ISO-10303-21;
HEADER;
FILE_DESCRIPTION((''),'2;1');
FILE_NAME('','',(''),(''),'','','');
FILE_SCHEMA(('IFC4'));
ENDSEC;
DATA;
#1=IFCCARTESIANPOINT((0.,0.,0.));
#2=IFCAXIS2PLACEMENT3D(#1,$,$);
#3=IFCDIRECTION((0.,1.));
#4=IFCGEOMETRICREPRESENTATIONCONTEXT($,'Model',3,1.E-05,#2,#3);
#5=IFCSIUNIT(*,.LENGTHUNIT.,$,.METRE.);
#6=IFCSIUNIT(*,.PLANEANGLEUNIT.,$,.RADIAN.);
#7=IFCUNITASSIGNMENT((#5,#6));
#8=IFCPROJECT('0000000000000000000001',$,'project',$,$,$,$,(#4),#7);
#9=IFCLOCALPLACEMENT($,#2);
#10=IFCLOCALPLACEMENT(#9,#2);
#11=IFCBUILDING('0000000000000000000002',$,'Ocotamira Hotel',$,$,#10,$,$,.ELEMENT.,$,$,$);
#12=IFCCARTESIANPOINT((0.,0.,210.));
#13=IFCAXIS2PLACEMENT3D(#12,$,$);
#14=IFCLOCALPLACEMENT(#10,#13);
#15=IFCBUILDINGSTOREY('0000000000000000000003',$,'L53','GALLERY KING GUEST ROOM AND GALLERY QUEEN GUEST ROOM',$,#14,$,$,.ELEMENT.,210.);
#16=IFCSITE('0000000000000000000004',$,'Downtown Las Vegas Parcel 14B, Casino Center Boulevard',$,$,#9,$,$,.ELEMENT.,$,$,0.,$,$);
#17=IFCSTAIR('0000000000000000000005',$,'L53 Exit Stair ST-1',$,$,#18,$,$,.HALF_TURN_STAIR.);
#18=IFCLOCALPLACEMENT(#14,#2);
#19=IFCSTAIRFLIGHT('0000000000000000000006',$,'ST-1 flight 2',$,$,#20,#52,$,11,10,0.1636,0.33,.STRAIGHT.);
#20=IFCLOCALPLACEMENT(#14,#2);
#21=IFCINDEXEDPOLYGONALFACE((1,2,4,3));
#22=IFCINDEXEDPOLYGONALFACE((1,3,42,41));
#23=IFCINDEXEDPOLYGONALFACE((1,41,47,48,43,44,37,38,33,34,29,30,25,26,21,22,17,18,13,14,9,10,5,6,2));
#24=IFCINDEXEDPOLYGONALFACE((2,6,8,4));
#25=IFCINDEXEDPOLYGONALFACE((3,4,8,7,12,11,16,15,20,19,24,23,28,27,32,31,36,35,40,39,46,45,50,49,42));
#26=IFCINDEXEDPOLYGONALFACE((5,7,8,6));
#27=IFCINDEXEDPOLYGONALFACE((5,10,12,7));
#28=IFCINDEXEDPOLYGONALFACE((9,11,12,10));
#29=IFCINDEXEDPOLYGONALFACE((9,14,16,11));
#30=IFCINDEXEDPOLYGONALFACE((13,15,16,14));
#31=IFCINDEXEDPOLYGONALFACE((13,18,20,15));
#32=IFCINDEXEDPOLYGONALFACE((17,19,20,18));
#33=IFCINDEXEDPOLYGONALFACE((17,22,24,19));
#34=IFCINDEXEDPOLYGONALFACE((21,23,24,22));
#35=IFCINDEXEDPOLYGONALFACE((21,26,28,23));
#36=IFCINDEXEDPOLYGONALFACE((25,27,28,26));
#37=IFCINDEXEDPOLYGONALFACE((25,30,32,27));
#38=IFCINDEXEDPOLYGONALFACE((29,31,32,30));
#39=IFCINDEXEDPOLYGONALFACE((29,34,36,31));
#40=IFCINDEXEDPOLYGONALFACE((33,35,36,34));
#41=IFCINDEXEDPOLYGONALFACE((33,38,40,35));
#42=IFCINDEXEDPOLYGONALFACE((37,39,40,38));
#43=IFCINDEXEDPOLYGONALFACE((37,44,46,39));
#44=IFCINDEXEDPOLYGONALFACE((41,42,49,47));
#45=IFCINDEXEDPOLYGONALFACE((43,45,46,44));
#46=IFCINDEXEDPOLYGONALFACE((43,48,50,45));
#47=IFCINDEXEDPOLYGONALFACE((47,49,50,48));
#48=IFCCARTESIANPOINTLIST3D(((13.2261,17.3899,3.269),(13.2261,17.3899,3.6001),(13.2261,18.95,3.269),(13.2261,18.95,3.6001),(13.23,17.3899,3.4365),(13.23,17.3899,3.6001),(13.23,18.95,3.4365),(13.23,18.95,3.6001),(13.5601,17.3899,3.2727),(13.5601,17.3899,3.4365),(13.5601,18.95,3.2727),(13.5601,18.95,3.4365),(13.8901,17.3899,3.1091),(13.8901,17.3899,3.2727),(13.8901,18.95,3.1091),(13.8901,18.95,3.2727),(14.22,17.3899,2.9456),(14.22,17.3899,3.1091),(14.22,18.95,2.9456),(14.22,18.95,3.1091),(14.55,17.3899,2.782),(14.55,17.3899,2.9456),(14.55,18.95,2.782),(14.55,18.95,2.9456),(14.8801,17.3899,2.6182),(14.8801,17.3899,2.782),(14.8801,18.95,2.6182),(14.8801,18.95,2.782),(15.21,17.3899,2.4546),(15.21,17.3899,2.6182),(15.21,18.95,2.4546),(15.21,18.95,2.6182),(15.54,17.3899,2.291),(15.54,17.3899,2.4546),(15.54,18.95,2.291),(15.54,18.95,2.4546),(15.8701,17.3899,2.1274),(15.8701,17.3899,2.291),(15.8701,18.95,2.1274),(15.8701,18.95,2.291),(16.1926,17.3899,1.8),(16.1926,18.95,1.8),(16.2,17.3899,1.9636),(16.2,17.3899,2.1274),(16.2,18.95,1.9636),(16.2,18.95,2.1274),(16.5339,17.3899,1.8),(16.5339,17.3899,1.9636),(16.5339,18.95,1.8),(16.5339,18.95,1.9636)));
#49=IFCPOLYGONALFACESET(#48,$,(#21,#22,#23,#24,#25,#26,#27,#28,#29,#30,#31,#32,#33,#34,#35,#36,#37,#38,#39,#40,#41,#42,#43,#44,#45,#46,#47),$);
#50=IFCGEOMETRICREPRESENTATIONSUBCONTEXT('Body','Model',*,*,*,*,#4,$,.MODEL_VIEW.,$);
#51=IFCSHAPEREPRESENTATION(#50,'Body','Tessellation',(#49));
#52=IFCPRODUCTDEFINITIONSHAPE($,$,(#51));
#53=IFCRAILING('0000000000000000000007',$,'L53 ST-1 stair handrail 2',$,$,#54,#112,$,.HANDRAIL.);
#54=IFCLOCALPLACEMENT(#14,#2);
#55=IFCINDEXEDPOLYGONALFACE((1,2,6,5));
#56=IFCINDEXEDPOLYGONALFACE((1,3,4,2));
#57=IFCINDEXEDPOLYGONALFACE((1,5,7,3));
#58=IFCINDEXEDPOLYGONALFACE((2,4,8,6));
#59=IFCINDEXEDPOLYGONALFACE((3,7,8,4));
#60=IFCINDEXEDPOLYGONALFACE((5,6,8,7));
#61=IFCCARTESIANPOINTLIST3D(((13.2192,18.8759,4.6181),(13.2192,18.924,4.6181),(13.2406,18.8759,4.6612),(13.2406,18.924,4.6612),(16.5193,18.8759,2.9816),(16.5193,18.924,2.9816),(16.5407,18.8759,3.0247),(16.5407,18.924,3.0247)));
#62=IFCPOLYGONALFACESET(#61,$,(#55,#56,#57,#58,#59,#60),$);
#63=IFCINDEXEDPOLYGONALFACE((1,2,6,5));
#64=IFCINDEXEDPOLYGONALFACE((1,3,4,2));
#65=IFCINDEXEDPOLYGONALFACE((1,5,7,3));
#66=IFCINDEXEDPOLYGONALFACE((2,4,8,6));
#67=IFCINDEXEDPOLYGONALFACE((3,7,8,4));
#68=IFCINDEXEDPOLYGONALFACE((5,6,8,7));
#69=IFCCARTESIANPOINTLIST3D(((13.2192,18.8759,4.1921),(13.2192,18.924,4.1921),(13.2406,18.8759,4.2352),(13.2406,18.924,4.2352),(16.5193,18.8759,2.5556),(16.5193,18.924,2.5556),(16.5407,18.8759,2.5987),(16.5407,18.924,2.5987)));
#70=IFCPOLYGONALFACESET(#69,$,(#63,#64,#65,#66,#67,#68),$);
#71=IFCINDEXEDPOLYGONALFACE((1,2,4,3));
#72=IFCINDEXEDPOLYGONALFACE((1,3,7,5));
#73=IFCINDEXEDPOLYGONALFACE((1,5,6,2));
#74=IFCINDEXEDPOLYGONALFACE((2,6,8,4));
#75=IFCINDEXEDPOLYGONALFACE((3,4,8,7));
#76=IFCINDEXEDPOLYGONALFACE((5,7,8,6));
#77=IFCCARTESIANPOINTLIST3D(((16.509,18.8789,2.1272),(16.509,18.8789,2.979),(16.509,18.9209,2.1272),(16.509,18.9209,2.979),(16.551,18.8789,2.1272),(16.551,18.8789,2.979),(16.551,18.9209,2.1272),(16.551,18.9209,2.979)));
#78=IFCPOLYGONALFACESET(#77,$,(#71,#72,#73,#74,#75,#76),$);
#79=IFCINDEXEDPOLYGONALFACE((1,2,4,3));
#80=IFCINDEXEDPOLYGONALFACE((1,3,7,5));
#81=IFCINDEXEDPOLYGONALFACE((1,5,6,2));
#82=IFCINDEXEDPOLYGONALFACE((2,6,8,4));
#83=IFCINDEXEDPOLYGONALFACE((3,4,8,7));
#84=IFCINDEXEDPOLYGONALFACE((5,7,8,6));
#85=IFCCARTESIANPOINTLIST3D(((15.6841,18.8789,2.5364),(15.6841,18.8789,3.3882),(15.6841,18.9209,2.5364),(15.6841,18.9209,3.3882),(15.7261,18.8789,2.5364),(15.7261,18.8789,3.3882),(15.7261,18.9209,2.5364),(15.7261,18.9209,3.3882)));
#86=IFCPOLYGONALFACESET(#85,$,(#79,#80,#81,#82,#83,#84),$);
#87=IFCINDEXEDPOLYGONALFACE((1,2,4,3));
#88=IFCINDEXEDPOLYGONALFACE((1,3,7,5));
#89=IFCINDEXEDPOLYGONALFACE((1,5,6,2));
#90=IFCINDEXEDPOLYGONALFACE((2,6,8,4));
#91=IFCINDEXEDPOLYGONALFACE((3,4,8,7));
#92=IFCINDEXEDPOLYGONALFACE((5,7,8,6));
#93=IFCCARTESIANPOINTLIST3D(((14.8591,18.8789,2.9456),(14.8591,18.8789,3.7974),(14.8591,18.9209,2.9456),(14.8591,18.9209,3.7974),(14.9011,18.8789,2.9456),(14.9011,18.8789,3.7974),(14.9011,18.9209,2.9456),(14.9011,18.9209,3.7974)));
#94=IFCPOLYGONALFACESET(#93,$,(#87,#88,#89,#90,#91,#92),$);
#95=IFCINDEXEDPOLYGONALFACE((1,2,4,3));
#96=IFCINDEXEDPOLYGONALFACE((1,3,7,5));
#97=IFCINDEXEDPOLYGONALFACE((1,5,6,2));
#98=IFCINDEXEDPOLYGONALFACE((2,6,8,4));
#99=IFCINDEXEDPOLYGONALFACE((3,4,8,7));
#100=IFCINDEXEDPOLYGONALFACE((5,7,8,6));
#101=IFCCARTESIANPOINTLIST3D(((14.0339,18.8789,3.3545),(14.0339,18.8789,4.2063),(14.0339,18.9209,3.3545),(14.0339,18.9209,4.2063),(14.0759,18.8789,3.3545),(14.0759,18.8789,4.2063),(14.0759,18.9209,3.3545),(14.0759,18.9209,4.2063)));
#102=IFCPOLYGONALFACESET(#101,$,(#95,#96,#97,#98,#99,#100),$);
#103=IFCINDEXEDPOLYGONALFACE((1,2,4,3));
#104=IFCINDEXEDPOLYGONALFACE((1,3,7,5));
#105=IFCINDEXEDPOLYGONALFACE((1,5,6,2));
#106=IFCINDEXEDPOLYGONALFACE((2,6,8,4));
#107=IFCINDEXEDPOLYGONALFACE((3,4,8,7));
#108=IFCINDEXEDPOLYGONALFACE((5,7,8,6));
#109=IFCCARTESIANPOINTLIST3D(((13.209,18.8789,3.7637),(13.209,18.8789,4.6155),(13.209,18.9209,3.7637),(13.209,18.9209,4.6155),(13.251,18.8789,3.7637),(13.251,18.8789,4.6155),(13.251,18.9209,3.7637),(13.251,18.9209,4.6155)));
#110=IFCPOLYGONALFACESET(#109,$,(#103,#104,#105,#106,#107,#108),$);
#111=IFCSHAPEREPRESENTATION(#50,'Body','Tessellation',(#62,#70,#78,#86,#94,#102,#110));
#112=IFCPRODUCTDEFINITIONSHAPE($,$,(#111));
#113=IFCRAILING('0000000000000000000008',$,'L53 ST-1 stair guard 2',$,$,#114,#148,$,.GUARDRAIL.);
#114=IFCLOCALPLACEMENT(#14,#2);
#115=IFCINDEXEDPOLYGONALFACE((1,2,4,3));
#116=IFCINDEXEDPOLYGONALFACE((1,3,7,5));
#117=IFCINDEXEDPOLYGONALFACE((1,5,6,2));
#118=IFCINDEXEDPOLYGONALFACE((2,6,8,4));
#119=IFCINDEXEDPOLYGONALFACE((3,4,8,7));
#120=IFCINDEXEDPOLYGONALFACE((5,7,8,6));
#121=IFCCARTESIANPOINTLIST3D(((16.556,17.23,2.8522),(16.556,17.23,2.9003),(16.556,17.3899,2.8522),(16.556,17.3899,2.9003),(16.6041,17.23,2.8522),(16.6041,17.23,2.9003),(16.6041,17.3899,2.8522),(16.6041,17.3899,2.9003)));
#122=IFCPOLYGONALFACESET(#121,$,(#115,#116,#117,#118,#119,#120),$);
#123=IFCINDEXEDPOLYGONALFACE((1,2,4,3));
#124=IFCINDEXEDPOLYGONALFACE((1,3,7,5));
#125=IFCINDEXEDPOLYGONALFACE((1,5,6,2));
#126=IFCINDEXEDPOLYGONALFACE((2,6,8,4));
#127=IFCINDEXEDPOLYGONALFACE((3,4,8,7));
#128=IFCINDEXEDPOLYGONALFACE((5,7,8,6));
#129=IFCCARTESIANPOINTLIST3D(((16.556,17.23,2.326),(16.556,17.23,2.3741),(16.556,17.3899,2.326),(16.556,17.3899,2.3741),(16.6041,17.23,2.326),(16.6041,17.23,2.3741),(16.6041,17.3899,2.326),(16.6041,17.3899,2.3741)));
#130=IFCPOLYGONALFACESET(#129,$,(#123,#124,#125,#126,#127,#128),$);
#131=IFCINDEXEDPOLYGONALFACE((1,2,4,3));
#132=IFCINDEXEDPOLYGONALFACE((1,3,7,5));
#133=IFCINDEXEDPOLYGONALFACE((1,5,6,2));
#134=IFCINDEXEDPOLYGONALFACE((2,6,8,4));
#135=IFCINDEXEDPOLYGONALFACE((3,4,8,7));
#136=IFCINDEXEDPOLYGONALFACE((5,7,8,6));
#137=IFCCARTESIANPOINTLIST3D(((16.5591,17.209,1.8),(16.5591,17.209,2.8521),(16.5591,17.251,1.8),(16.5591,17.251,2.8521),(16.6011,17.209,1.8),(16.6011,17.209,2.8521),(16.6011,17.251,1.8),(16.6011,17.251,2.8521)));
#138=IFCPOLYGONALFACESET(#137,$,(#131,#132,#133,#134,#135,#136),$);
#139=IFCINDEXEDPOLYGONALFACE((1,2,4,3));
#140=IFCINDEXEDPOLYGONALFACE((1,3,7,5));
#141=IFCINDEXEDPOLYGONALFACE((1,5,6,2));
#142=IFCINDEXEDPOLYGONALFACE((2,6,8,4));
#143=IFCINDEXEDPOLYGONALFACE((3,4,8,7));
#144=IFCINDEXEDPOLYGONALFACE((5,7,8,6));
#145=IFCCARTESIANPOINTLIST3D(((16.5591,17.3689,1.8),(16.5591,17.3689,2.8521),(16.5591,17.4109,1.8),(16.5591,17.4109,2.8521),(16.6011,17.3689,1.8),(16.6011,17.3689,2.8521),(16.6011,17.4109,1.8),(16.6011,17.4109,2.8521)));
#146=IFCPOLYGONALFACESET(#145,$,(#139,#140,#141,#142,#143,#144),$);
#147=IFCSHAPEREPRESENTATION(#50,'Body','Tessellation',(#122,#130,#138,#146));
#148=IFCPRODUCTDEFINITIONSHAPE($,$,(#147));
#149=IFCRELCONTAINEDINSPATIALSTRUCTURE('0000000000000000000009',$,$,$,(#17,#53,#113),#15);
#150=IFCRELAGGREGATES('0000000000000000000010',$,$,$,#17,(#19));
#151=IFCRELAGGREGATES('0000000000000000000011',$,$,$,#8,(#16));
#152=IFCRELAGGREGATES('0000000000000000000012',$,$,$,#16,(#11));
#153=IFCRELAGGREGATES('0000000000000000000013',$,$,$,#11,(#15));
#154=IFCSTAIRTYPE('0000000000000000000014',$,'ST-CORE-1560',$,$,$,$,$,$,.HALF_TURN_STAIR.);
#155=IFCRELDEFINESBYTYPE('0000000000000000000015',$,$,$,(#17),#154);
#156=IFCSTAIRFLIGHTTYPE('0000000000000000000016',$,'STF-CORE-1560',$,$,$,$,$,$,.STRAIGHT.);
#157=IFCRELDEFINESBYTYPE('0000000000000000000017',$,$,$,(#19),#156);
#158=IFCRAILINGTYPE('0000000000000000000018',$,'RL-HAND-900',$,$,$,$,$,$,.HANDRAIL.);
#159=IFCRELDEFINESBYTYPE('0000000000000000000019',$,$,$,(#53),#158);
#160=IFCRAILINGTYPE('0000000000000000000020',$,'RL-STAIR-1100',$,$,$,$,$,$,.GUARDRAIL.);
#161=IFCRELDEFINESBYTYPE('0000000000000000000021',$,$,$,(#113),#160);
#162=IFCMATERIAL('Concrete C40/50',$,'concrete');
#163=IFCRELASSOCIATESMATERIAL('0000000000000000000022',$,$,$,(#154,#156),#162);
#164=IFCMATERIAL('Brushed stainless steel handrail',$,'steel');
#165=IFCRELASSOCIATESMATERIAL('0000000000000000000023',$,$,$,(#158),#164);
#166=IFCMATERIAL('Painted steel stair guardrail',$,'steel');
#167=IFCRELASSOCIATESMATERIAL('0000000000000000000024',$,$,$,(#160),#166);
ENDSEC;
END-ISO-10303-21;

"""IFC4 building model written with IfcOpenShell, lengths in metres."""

from ifc_helpers import new_model, si_unit, direction, frame, origin, origin_2d, place, context, subcontext, project, spatial, polyline, rectangle, outline, extrude, source, transform, mapped, material, type_object, element, aggregate, save


model = new_model("IFC4")

# Units and contexts
model_context = context("Model", 3, precision=1e-05, world=origin(), true_north=direction((0.0, 1.0)))
body_context = subcontext(model_context, "Body", "Model", "MODEL_VIEW")
ifc_project = project(units=[si_unit("LENGTHUNIT", "METRE"), si_unit("PLANEANGLEUNIT", "RADIAN")], contexts=[model_context])

# Site, building, storey
site_placement = place(None, origin())
site = spatial("IfcSite", under=ifc_project, at=site_placement, Name="Downtown Las Vegas Parcel 14B, Casino Center Boulevard", CompositionType="ELEMENT", RefElevation=0.0)
building_placement = place(site_placement, origin())
building = spatial("IfcBuilding", under=site, at=building_placement, Name="Ocotamira Hotel", CompositionType="ELEMENT")
storey_placement = place(building_placement, frame((0.0, 0.0, 210.0)))
storey = spatial("IfcBuildingStorey", under=building, at=storey_placement, Name="L53", Description="GALLERY KING GUEST ROOM AND GALLERY QUEEN GUEST ROOM", CompositionType="ELEMENT", Elevation=210.0)

# Stair, stair flight
ifc_material_1 = material(Name="Concrete C40/50", Category="concrete")
stair_type = type_object("IfcStairType", Name="ST-CORE-1560", PredefinedType="HALF_TURN_STAIR", material=ifc_material_1)
stair_placement = place(storey_placement, origin())
stair = element("IfcStair", 1, at=stair_placement, inside=storey, type_object=stair_type, Name="L53 Exit Stair ST-1", PredefinedType="HALF_TURN_STAIR")
stair_flight_type = type_object("IfcStairFlightType", Name="STF-CORE-1560", PredefinedType="STRAIGHT", material=ifc_material_1)
shared_shape_1 = source(origin(), body_context, "Body", "SweptSolid", [
    extrude(outline(polyline([(-0.0039, 0.0), (-0.0039, 0.1636), (0.3301, 0.1636), (0.3301, 0.3274), (0.6599, 0.3274), (0.6599, 0.491), (0.99, 0.491), (0.99, 0.6545), (1.3201, 0.6545), (1.3201, 0.8181), (1.6499, 0.8181), (1.6499, 0.9819), (1.98, 0.9819), (1.98, 1.1455), (2.3101, 1.1455), (2.3101, 1.3091), (2.6399, 1.3091), (2.6399, 1.4727), (2.97, 1.4727), (2.97, 1.6365), (3.3, 1.6365), (3.3, 1.8), (3.304, 1.8), (3.304, 1.469), (0.3374, 0.0), (-0.0039, 0.0)])), frame((0.0, 0.78, 0.0), z_axis=(0.0, -1.0, 0.0), x_axis=(1.0, 0.0, 0.0)), (0.0, 0.0, 1.0), 1.5601),
])
stair_flight_placement = place(storey_placement, frame((16.53, 18.1699, 1.8), z_axis=(0.0, 0.0, 1.0), x_axis=(-1.0, 0.0, 0.0)))
stair_flight = element("IfcStairFlight", 2, at=stair_flight_placement, type_object=stair_flight_type, Name="ST-1 flight 2", NumberOfRisers=11, NumberOfTreads=10, PredefinedType="STRAIGHT", RiserHeight=0.1636, TreadLength=0.33, context=body_context, shape_type="MappedRepresentation", body=[
    mapped(shared_shape_1, transform((0.0, 0.0, 0.0), scale=1.0)),
])
aggregate(stair, [stair_flight])

# Railings
ifc_material_2 = material(Name="Brushed stainless steel handrail", Category="steel")
railing_type_1 = type_object("IfcRailingType", Name="RL-HAND-900", PredefinedType="HANDRAIL", material=ifc_material_2)
railing_1_placement = place(storey_placement, frame((16.53, 18.8999, 2.1272)))
element("IfcRailing", 3, at=railing_1_placement, inside=storey, type_object=railing_type_1, Name="L53 ST-1 stair handrail 2", PredefinedType="HANDRAIL", context=body_context, shape_type="SweptSolid", body=[
    extrude(rectangle(XDim=0.0481, YDim=0.0481, at=origin_2d()), frame((0.0, 0.0, 0.876), z_axis=(-0.895894, 0.0, 0.444268), x_axis=(0.0, -1.0, 0.0)), (0.0, 0.0, 1.0), 3.6836),
    extrude(rectangle(XDim=0.0481, YDim=0.0481, at=origin_2d()), frame((0.0, 0.0, 0.45), z_axis=(-0.895894, 0.0, 0.444268), x_axis=(0.0, -1.0, 0.0)), (0.0, 0.0, 1.0), 3.6836),
    extrude(rectangle(XDim=0.042, YDim=0.042, at=origin_2d()), origin(), (0.0, 0.0, 1.0), 0.8518),
    extrude(rectangle(XDim=0.042, YDim=0.042, at=origin_2d()), frame((-0.825, 0.0, 0.4092)), (0.0, 0.0, 1.0), 0.8518),
    extrude(rectangle(XDim=0.042, YDim=0.042, at=origin_2d()), frame((-1.6499, 0.0, 0.8184)), (0.0, 0.0, 1.0), 0.8518),
    extrude(rectangle(XDim=0.042, YDim=0.042, at=origin_2d()), frame((-2.4751, 0.0, 1.2273)), (0.0, 0.0, 1.0), 0.8518),
    extrude(rectangle(XDim=0.042, YDim=0.042, at=origin_2d()), frame((-3.3, 0.0, 1.6365)), (0.0, 0.0, 1.0), 0.8518),
])
ifc_material_3 = material(Name="Painted steel stair guardrail", Category="steel")
railing_type_2 = type_object("IfcRailingType", Name="RL-STAIR-1100", PredefinedType="GUARDRAIL", material=ifc_material_3)
railing_2_placement = place(storey_placement, frame((16.5801, 17.23, 1.8)))
element("IfcRailing", 4, at=railing_2_placement, inside=storey, type_object=railing_type_2, Name="L53 ST-1 stair guard 2", PredefinedType="GUARDRAIL", context=body_context, shape_type="SweptSolid", body=[
    extrude(rectangle(XDim=0.0481, YDim=0.0481, at=origin_2d()), frame((0.0, 0.0, 1.0762), z_axis=(0.0, 1.0, 0.0), x_axis=(-1.0, 0.0, 0.0)), (0.0, 0.0, 1.0), 0.1599),
    extrude(rectangle(XDim=0.0481, YDim=0.0481, at=origin_2d()), frame((0.0, 0.0, 0.55), z_axis=(0.0, 1.0, 0.0), x_axis=(-1.0, 0.0, 0.0)), (0.0, 0.0, 1.0), 0.1599),
    extrude(rectangle(XDim=0.042, YDim=0.042, at=origin_2d()), origin(), (0.0, 0.0, 1.0), 1.052),
    extrude(rectangle(XDim=0.042, YDim=0.042, at=origin_2d()), frame((0.0, 0.1599, 0.0)), (0.0, 0.0, 1.0), 1.052),
])

save(model, "model.ifc")
